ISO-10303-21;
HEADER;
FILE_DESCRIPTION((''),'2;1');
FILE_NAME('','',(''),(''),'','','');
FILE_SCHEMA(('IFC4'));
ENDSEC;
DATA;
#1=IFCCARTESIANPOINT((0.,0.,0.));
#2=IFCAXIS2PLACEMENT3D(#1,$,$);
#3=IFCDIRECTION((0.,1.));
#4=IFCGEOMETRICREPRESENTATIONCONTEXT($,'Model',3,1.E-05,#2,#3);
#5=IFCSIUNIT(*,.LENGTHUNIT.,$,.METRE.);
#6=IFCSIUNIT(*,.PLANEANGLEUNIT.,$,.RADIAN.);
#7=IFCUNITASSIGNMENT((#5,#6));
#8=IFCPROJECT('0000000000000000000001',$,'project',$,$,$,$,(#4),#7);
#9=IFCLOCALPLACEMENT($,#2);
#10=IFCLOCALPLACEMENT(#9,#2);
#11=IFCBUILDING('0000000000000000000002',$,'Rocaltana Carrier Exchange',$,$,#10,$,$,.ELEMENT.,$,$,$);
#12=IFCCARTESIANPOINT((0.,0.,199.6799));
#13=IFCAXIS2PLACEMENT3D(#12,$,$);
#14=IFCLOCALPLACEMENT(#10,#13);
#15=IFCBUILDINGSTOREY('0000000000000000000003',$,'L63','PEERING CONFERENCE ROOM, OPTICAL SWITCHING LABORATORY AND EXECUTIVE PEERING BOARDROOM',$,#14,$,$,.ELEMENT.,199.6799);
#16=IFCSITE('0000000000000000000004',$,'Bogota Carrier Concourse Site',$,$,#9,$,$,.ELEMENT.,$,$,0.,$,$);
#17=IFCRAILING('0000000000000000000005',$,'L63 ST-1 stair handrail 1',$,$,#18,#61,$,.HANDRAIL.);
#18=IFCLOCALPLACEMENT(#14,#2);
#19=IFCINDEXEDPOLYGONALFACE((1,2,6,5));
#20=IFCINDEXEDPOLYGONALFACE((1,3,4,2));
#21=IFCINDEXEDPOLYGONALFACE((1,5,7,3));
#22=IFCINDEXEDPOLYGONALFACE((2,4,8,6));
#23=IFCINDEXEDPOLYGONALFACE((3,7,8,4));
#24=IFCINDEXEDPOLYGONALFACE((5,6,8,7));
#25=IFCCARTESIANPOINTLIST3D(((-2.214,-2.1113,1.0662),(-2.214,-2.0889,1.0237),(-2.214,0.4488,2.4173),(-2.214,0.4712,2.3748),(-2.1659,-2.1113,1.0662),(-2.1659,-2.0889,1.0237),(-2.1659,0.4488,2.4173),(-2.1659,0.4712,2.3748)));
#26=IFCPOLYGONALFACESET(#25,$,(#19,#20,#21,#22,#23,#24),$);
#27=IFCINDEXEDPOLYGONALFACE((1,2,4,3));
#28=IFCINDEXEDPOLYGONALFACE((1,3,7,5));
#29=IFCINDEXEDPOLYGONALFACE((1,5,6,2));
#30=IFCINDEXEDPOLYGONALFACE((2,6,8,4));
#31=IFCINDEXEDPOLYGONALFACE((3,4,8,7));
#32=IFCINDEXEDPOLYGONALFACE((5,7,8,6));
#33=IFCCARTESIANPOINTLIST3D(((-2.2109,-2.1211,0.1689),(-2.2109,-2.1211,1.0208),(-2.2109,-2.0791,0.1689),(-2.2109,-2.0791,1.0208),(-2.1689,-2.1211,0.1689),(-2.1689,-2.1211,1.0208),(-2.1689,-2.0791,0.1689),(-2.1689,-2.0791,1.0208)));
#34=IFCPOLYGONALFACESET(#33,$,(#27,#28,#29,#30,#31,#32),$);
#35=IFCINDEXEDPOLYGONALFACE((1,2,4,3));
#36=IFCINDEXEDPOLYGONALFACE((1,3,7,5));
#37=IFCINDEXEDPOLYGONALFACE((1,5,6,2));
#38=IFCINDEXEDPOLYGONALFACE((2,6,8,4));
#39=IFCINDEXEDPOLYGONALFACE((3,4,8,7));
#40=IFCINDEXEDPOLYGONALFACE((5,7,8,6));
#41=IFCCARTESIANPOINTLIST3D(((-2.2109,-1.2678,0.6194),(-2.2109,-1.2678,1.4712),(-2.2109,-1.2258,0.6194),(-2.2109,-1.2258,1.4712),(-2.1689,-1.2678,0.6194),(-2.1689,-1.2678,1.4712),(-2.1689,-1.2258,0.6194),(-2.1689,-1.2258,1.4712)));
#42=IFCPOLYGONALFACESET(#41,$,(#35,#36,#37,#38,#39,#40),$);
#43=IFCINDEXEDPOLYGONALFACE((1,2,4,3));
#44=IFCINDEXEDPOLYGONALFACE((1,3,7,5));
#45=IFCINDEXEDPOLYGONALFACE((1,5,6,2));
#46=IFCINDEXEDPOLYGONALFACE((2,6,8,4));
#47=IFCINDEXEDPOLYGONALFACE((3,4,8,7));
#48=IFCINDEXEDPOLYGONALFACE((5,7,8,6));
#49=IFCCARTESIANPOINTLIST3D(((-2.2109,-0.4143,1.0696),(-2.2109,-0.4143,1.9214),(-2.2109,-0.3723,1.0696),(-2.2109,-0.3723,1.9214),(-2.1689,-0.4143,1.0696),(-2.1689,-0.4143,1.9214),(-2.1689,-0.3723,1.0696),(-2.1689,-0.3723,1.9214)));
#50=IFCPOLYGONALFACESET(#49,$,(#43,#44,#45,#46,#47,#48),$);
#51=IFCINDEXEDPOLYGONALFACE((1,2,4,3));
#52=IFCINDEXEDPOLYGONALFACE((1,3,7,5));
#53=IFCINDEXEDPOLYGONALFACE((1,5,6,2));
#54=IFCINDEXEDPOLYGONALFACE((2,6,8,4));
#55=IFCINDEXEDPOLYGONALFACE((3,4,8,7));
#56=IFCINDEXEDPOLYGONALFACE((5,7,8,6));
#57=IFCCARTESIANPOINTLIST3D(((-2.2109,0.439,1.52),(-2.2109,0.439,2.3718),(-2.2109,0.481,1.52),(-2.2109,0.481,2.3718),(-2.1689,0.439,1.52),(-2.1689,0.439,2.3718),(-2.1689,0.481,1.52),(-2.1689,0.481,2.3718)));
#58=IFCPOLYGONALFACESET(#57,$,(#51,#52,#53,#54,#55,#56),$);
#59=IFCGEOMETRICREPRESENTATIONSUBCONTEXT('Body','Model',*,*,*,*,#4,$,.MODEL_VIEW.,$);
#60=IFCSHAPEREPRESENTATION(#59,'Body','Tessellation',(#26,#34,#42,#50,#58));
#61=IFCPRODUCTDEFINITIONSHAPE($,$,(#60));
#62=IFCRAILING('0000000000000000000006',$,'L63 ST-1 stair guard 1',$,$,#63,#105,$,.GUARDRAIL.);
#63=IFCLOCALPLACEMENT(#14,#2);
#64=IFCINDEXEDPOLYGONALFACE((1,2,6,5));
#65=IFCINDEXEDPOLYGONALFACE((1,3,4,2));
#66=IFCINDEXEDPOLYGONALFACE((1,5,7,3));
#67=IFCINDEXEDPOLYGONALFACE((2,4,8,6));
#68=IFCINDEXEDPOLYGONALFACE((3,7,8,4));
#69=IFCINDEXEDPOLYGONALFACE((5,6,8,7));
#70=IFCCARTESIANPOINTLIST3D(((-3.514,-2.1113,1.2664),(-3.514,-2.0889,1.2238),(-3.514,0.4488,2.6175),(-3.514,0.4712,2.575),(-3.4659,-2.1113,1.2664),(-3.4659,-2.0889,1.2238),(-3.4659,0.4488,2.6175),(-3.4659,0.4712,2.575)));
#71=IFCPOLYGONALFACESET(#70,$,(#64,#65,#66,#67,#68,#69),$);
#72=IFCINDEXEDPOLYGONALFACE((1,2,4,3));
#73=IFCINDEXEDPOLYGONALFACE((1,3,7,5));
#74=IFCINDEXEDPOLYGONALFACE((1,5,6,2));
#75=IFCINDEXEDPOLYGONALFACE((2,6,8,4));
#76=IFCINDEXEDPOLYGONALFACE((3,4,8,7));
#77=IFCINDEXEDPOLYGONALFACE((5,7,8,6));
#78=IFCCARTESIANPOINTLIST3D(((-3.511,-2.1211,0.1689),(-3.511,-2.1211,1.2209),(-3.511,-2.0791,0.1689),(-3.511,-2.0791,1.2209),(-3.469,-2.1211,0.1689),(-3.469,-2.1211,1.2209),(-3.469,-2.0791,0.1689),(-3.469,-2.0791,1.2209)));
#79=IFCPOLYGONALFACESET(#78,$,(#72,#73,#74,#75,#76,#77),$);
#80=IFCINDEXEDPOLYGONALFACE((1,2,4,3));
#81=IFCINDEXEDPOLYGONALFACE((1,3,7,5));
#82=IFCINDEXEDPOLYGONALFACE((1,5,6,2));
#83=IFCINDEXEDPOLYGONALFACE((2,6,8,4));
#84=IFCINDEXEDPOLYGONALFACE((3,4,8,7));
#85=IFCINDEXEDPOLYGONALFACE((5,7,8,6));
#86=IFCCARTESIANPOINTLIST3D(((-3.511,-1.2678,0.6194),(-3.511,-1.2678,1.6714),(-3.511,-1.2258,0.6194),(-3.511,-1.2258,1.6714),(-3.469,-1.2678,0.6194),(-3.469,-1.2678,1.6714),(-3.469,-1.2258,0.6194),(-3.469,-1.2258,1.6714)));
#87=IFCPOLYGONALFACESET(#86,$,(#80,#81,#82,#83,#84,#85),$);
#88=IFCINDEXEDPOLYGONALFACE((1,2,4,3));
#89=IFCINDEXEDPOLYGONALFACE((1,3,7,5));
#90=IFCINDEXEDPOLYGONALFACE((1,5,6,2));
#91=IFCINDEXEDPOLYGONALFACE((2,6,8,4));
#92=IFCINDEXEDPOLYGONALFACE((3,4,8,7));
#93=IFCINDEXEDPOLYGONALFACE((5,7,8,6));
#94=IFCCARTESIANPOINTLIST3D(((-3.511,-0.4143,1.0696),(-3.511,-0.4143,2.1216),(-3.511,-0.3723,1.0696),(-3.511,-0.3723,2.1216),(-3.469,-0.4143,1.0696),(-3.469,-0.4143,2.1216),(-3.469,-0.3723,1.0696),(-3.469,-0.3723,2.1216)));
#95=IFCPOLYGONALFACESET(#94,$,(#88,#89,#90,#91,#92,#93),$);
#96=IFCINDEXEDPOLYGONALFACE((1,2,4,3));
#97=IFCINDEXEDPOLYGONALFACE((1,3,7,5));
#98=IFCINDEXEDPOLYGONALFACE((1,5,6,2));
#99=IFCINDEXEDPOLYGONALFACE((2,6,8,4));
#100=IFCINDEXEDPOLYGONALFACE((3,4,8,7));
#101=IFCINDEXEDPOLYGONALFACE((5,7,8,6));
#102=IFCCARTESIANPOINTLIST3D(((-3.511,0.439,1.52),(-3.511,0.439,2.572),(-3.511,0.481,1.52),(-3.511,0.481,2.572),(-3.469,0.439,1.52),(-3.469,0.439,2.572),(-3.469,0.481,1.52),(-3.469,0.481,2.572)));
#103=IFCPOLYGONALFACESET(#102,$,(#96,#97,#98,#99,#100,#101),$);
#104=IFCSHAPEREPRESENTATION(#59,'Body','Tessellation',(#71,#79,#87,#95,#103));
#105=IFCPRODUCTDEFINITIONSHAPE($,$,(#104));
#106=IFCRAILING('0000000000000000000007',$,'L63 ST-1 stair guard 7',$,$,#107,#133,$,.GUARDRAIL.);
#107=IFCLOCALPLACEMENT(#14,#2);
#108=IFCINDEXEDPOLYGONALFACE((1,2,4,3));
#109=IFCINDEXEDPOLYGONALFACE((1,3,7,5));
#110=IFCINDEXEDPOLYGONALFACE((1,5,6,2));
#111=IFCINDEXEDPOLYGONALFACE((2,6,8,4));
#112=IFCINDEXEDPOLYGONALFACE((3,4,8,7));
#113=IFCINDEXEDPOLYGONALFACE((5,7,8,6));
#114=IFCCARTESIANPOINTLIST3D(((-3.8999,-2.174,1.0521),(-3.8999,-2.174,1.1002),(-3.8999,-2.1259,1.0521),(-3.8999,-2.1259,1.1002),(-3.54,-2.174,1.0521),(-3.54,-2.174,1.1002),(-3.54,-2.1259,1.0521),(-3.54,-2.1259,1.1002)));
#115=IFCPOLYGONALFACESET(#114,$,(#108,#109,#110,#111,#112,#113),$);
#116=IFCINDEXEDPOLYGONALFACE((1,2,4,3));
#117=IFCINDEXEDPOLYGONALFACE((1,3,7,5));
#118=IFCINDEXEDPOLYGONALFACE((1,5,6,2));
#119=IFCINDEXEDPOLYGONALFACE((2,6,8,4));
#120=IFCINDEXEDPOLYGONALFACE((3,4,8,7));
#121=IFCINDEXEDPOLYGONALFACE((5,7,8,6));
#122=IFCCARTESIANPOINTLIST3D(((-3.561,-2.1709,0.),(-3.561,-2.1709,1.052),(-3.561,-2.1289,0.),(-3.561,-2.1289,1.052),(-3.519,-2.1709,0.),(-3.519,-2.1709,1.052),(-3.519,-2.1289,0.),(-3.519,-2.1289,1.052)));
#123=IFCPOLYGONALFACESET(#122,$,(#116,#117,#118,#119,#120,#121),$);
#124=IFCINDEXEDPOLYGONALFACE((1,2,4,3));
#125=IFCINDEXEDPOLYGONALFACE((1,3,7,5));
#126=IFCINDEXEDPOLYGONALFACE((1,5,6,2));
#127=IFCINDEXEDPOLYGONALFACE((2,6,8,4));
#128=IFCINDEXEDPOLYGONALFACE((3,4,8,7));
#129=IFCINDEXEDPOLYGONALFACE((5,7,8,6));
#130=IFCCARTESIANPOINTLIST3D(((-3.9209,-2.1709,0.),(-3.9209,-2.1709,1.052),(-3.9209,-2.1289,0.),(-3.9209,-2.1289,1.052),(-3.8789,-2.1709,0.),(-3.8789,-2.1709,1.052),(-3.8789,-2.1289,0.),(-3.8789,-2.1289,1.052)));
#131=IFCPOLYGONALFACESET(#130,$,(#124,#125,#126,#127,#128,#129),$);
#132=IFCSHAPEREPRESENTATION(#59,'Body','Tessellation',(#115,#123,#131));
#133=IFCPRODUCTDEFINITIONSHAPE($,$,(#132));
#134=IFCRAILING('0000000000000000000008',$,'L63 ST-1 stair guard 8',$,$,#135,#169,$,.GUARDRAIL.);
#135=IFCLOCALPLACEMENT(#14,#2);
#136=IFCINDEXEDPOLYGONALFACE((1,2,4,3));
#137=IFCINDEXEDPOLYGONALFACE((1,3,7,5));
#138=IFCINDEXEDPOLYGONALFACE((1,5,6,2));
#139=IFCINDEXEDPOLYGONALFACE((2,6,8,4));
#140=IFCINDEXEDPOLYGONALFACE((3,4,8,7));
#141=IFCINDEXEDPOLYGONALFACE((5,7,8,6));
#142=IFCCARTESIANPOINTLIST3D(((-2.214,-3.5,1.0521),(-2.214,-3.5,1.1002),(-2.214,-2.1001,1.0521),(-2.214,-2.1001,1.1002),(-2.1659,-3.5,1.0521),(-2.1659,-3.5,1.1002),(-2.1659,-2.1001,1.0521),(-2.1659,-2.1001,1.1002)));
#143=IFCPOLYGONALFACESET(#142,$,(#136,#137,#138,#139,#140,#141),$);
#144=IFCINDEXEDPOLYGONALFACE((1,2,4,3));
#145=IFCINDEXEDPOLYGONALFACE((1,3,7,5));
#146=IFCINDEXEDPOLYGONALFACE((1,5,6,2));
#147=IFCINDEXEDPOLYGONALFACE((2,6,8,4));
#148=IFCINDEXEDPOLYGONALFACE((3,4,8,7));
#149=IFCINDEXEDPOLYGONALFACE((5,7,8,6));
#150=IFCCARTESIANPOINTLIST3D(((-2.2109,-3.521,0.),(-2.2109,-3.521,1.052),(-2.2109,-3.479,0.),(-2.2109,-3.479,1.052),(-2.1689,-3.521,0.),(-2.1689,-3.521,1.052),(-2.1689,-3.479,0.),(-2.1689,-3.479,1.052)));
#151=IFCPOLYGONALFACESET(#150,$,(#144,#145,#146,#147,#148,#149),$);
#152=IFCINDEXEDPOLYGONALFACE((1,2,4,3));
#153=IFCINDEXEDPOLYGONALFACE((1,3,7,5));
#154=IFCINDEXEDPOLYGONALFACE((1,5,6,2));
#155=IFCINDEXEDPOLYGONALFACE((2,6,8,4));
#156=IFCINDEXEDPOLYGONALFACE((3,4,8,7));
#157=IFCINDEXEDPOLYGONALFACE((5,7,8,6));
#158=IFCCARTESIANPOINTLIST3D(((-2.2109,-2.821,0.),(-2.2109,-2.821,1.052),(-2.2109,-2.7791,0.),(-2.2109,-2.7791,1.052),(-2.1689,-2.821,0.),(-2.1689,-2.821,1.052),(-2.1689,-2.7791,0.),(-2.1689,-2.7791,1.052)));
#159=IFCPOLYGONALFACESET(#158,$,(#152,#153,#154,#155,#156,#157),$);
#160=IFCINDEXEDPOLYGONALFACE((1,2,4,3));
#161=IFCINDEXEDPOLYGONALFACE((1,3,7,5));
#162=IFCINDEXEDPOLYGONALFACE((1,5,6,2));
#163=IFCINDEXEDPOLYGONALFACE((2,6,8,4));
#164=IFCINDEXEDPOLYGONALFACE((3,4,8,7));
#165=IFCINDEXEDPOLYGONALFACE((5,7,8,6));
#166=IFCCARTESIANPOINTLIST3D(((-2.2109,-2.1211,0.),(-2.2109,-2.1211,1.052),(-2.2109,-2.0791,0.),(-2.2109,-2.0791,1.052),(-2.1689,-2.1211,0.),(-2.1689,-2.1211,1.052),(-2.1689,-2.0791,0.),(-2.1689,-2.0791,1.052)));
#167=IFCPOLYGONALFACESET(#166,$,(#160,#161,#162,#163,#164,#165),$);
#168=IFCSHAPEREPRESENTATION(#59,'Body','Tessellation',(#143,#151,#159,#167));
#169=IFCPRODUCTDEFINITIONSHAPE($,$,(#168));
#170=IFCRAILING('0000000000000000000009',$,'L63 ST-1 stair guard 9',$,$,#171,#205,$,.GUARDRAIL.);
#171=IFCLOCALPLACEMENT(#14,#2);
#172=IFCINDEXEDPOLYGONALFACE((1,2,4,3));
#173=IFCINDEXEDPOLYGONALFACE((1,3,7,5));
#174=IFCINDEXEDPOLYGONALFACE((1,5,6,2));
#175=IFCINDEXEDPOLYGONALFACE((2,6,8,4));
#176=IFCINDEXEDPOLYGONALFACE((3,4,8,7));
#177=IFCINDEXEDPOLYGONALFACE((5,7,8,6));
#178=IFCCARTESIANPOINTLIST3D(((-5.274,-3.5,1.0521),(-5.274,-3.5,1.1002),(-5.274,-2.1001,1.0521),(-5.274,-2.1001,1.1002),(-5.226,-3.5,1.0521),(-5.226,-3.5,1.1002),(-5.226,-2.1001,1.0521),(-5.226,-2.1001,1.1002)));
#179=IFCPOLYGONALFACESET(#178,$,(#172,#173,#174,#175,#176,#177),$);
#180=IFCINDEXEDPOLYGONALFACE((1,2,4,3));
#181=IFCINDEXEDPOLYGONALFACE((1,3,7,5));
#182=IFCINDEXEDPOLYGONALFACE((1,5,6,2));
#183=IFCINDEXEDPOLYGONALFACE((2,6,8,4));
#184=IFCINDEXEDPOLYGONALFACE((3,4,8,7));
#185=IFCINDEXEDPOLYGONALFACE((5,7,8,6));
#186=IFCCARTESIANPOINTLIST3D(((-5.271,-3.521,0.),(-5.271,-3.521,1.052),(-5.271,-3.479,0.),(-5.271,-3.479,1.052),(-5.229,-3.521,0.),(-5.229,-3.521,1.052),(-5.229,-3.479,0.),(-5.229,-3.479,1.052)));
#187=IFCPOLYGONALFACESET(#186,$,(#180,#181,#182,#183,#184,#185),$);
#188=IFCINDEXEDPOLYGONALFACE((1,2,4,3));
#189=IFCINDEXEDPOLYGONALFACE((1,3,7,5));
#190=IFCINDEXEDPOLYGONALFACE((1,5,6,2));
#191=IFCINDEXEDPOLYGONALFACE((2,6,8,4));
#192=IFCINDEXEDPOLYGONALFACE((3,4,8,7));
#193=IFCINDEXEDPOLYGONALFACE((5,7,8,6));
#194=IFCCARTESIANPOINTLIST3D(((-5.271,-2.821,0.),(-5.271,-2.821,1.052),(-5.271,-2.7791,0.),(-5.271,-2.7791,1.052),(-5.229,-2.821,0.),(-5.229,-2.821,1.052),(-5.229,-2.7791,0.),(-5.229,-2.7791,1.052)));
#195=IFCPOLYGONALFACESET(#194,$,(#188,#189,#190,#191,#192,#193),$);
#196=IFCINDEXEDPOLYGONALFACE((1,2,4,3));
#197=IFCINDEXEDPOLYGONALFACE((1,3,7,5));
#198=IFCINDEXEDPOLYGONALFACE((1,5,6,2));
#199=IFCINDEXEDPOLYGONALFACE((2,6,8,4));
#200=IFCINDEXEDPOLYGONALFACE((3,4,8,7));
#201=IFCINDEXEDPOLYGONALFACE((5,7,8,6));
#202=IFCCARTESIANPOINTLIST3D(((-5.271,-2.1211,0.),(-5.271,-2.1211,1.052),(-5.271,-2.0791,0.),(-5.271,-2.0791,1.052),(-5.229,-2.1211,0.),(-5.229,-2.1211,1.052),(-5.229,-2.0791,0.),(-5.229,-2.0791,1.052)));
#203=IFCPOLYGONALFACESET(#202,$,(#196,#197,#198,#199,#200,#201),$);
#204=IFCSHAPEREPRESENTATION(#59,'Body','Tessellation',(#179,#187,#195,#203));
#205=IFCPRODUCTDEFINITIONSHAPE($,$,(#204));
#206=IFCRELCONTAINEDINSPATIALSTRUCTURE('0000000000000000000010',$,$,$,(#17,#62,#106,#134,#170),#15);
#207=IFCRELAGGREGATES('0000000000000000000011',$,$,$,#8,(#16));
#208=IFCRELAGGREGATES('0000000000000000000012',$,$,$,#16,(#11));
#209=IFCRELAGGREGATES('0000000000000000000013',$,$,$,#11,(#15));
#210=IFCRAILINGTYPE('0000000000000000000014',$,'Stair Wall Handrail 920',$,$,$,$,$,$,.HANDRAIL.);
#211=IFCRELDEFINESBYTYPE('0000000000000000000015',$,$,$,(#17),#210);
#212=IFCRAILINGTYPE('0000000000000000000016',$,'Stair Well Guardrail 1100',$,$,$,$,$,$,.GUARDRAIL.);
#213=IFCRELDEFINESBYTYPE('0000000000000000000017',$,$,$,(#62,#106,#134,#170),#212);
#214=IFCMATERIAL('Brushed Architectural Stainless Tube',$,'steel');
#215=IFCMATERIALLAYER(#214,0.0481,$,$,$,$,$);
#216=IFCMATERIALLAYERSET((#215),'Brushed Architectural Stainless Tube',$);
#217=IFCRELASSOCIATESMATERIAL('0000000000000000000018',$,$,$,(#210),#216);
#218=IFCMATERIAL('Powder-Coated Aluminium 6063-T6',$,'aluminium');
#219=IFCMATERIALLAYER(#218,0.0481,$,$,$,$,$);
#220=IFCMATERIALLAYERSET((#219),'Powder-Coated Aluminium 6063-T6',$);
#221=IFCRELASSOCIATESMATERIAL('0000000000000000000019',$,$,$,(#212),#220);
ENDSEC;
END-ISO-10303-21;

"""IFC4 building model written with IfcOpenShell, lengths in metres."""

from ifc_helpers import new_model, si_unit, direction, frame, origin, origin_2d, place, context, subcontext, project, spatial, rectangle, extrude, material, layer, layer_set, type_object, element, save


model = new_model("IFC4")

# Units and contexts
model_context = context("Model", 3, precision=1e-05, world=origin(), true_north=direction((0.0, 1.0)))
body_context = subcontext(model_context, "Body", "Model", "MODEL_VIEW")
ifc_project = project(units=[si_unit("LENGTHUNIT", "METRE"), si_unit("PLANEANGLEUNIT", "RADIAN")], contexts=[model_context])

# Site, building, storey
site_placement = place(None, origin())
site = spatial("IfcSite", under=ifc_project, at=site_placement, Name="Bogota Carrier Concourse Site", CompositionType="ELEMENT", RefElevation=0.0)
building_placement = place(site_placement, origin())
building = spatial("IfcBuilding", under=site, at=building_placement, Name="Rocaltana Carrier Exchange", CompositionType="ELEMENT")
storey_placement = place(building_placement, frame((0.0, 0.0, 199.6799)))
storey = spatial("IfcBuildingStorey", under=building, at=storey_placement, Name="L63", Description="PEERING CONFERENCE ROOM, OPTICAL SWITCHING LABORATORY AND EXECUTIVE PEERING BOARDROOM", CompositionType="ELEMENT", Elevation=199.6799)

# Railings
ifc_material_1 = material(Name="Brushed Architectural Stainless Tube", Category="steel")
ifc_layer_1 = layer(ifc_material_1, 0.0481)
ifc_layer_set_1 = layer_set([ifc_layer_1], Name="Brushed Architectural Stainless Tube")
railing_type_1 = type_object("IfcRailingType", Name="Stair Wall Handrail 920", PredefinedType="HANDRAIL", material=ifc_layer_set_1)
railing_1_placement = place(storey_placement, frame((-2.1899, -2.1001, 0.1689)))
element("IfcRailing", 1, at=railing_1_placement, inside=storey, type_object=railing_type_1, Name="L63 ST-1 stair handrail 1", PredefinedType="HANDRAIL", context=body_context, shape_type="SweptSolid", body=[
    extrude(rectangle(XDim=0.0481, YDim=0.0481, at=origin_2d()), frame((0.0, 0.0, 0.876), z_axis=(0.0, 0.884394, 0.46674), x_axis=(-1.0, 0.0, 0.0)), (0.0, 0.0, 1.0), 2.8948),
    extrude(rectangle(XDim=0.042, YDim=0.042, at=origin_2d()), origin(), (0.0, 0.0, 1.0), 0.8518),
    extrude(rectangle(XDim=0.042, YDim=0.042, at=origin_2d()), frame((0.0, 0.8533, 0.4504)), (0.0, 0.0, 1.0), 0.8518),
    extrude(rectangle(XDim=0.042, YDim=0.042, at=origin_2d()), frame((0.0, 1.7068, 0.9006)), (0.0, 0.0, 1.0), 0.8518),
    extrude(rectangle(XDim=0.042, YDim=0.042, at=origin_2d()), frame((0.0, 2.5601, 1.3511)), (0.0, 0.0, 1.0), 0.8518),
])
ifc_material_2 = material(Name="Powder-Coated Aluminium 6063-T6", Category="aluminium")
ifc_layer_2 = layer(ifc_material_2, 0.0481)
ifc_layer_set_2 = layer_set([ifc_layer_2], Name="Powder-Coated Aluminium 6063-T6")
railing_type_2 = type_object("IfcRailingType", Name="Stair Well Guardrail 1100", PredefinedType="GUARDRAIL", material=ifc_layer_set_2)
railing_2_placement = place(storey_placement, frame((-3.49, -2.1001, 0.1689)))
element("IfcRailing", 2, at=railing_2_placement, inside=storey, type_object=railing_type_2, Name="L63 ST-1 stair guard 1", PredefinedType="GUARDRAIL", context=body_context, shape_type="SweptSolid", body=[
    extrude(rectangle(XDim=0.0481, YDim=0.0481, at=origin_2d()), frame((0.0, 0.0, 1.0762), z_axis=(0.0, 0.884394, 0.46674), x_axis=(-1.0, 0.0, 0.0)), (0.0, 0.0, 1.0), 2.8948),
    extrude(rectangle(XDim=0.042, YDim=0.042, at=origin_2d()), origin(), (0.0, 0.0, 1.0), 1.052),
    extrude(rectangle(XDim=0.042, YDim=0.042, at=origin_2d()), frame((0.0, 0.8533, 0.4504)), (0.0, 0.0, 1.0), 1.052),
    extrude(rectangle(XDim=0.042, YDim=0.042, at=origin_2d()), frame((0.0, 1.7068, 0.9006)), (0.0, 0.0, 1.0), 1.052),
    extrude(rectangle(XDim=0.042, YDim=0.042, at=origin_2d()), frame((0.0, 2.5601, 1.3511)), (0.0, 0.0, 1.0), 1.052),
])
railing_3_placement = place(storey_placement, frame((-3.54, -2.1499, 0.0)))
element("IfcRailing", 3, at=railing_3_placement, inside=storey, type_object=railing_type_2, Name="L63 ST-1 stair guard 7", PredefinedType="GUARDRAIL", context=body_context, shape_type="SweptSolid", body=[
    extrude(rectangle(XDim=0.0481, YDim=0.0481, at=origin_2d()), frame((0.0, 0.0, 1.0762), z_axis=(-1.0, 0.0, 0.0), x_axis=(0.0, -1.0, 0.0)), (0.0, 0.0, 1.0), 0.3599),
    extrude(rectangle(XDim=0.042, YDim=0.042, at=origin_2d()), origin(), (0.0, 0.0, 1.0), 1.052),
    extrude(rectangle(XDim=0.042, YDim=0.042, at=origin_2d()), frame((-0.3599, 0.0, 0.0)), (0.0, 0.0, 1.0), 1.052),
])
for number, where, name in (
    (4, (-2.1899, -3.5, 0.0), "L63 ST-1 stair guard 8"),
    (5, (-5.25, -3.5, 0.0), "L63 ST-1 stair guard 9"),
):
    element("IfcRailing", number, at=place(storey_placement, frame(where)), inside=storey, type_object=railing_type_2, Name=name, PredefinedType="GUARDRAIL", context=body_context, shape_type="SweptSolid", body=[
        extrude(rectangle(XDim=0.0481, YDim=0.0481, at=origin_2d()), frame((0.0, 0.0, 1.0762), z_axis=(0.0, 1.0, 0.0), x_axis=(-1.0, 0.0, 0.0)), (0.0, 0.0, 1.0), 1.3999),
        extrude(rectangle(XDim=0.042, YDim=0.042, at=origin_2d()), origin(), (0.0, 0.0, 1.0), 1.052),
        extrude(rectangle(XDim=0.042, YDim=0.042, at=origin_2d()), frame((0.0, 0.7, 0.0)), (0.0, 0.0, 1.0), 1.052),
        extrude(rectangle(XDim=0.042, YDim=0.042, at=origin_2d()), frame((0.0, 1.3999, 0.0)), (0.0, 0.0, 1.0), 1.052),
    ])

save(model, "model.ifc")
